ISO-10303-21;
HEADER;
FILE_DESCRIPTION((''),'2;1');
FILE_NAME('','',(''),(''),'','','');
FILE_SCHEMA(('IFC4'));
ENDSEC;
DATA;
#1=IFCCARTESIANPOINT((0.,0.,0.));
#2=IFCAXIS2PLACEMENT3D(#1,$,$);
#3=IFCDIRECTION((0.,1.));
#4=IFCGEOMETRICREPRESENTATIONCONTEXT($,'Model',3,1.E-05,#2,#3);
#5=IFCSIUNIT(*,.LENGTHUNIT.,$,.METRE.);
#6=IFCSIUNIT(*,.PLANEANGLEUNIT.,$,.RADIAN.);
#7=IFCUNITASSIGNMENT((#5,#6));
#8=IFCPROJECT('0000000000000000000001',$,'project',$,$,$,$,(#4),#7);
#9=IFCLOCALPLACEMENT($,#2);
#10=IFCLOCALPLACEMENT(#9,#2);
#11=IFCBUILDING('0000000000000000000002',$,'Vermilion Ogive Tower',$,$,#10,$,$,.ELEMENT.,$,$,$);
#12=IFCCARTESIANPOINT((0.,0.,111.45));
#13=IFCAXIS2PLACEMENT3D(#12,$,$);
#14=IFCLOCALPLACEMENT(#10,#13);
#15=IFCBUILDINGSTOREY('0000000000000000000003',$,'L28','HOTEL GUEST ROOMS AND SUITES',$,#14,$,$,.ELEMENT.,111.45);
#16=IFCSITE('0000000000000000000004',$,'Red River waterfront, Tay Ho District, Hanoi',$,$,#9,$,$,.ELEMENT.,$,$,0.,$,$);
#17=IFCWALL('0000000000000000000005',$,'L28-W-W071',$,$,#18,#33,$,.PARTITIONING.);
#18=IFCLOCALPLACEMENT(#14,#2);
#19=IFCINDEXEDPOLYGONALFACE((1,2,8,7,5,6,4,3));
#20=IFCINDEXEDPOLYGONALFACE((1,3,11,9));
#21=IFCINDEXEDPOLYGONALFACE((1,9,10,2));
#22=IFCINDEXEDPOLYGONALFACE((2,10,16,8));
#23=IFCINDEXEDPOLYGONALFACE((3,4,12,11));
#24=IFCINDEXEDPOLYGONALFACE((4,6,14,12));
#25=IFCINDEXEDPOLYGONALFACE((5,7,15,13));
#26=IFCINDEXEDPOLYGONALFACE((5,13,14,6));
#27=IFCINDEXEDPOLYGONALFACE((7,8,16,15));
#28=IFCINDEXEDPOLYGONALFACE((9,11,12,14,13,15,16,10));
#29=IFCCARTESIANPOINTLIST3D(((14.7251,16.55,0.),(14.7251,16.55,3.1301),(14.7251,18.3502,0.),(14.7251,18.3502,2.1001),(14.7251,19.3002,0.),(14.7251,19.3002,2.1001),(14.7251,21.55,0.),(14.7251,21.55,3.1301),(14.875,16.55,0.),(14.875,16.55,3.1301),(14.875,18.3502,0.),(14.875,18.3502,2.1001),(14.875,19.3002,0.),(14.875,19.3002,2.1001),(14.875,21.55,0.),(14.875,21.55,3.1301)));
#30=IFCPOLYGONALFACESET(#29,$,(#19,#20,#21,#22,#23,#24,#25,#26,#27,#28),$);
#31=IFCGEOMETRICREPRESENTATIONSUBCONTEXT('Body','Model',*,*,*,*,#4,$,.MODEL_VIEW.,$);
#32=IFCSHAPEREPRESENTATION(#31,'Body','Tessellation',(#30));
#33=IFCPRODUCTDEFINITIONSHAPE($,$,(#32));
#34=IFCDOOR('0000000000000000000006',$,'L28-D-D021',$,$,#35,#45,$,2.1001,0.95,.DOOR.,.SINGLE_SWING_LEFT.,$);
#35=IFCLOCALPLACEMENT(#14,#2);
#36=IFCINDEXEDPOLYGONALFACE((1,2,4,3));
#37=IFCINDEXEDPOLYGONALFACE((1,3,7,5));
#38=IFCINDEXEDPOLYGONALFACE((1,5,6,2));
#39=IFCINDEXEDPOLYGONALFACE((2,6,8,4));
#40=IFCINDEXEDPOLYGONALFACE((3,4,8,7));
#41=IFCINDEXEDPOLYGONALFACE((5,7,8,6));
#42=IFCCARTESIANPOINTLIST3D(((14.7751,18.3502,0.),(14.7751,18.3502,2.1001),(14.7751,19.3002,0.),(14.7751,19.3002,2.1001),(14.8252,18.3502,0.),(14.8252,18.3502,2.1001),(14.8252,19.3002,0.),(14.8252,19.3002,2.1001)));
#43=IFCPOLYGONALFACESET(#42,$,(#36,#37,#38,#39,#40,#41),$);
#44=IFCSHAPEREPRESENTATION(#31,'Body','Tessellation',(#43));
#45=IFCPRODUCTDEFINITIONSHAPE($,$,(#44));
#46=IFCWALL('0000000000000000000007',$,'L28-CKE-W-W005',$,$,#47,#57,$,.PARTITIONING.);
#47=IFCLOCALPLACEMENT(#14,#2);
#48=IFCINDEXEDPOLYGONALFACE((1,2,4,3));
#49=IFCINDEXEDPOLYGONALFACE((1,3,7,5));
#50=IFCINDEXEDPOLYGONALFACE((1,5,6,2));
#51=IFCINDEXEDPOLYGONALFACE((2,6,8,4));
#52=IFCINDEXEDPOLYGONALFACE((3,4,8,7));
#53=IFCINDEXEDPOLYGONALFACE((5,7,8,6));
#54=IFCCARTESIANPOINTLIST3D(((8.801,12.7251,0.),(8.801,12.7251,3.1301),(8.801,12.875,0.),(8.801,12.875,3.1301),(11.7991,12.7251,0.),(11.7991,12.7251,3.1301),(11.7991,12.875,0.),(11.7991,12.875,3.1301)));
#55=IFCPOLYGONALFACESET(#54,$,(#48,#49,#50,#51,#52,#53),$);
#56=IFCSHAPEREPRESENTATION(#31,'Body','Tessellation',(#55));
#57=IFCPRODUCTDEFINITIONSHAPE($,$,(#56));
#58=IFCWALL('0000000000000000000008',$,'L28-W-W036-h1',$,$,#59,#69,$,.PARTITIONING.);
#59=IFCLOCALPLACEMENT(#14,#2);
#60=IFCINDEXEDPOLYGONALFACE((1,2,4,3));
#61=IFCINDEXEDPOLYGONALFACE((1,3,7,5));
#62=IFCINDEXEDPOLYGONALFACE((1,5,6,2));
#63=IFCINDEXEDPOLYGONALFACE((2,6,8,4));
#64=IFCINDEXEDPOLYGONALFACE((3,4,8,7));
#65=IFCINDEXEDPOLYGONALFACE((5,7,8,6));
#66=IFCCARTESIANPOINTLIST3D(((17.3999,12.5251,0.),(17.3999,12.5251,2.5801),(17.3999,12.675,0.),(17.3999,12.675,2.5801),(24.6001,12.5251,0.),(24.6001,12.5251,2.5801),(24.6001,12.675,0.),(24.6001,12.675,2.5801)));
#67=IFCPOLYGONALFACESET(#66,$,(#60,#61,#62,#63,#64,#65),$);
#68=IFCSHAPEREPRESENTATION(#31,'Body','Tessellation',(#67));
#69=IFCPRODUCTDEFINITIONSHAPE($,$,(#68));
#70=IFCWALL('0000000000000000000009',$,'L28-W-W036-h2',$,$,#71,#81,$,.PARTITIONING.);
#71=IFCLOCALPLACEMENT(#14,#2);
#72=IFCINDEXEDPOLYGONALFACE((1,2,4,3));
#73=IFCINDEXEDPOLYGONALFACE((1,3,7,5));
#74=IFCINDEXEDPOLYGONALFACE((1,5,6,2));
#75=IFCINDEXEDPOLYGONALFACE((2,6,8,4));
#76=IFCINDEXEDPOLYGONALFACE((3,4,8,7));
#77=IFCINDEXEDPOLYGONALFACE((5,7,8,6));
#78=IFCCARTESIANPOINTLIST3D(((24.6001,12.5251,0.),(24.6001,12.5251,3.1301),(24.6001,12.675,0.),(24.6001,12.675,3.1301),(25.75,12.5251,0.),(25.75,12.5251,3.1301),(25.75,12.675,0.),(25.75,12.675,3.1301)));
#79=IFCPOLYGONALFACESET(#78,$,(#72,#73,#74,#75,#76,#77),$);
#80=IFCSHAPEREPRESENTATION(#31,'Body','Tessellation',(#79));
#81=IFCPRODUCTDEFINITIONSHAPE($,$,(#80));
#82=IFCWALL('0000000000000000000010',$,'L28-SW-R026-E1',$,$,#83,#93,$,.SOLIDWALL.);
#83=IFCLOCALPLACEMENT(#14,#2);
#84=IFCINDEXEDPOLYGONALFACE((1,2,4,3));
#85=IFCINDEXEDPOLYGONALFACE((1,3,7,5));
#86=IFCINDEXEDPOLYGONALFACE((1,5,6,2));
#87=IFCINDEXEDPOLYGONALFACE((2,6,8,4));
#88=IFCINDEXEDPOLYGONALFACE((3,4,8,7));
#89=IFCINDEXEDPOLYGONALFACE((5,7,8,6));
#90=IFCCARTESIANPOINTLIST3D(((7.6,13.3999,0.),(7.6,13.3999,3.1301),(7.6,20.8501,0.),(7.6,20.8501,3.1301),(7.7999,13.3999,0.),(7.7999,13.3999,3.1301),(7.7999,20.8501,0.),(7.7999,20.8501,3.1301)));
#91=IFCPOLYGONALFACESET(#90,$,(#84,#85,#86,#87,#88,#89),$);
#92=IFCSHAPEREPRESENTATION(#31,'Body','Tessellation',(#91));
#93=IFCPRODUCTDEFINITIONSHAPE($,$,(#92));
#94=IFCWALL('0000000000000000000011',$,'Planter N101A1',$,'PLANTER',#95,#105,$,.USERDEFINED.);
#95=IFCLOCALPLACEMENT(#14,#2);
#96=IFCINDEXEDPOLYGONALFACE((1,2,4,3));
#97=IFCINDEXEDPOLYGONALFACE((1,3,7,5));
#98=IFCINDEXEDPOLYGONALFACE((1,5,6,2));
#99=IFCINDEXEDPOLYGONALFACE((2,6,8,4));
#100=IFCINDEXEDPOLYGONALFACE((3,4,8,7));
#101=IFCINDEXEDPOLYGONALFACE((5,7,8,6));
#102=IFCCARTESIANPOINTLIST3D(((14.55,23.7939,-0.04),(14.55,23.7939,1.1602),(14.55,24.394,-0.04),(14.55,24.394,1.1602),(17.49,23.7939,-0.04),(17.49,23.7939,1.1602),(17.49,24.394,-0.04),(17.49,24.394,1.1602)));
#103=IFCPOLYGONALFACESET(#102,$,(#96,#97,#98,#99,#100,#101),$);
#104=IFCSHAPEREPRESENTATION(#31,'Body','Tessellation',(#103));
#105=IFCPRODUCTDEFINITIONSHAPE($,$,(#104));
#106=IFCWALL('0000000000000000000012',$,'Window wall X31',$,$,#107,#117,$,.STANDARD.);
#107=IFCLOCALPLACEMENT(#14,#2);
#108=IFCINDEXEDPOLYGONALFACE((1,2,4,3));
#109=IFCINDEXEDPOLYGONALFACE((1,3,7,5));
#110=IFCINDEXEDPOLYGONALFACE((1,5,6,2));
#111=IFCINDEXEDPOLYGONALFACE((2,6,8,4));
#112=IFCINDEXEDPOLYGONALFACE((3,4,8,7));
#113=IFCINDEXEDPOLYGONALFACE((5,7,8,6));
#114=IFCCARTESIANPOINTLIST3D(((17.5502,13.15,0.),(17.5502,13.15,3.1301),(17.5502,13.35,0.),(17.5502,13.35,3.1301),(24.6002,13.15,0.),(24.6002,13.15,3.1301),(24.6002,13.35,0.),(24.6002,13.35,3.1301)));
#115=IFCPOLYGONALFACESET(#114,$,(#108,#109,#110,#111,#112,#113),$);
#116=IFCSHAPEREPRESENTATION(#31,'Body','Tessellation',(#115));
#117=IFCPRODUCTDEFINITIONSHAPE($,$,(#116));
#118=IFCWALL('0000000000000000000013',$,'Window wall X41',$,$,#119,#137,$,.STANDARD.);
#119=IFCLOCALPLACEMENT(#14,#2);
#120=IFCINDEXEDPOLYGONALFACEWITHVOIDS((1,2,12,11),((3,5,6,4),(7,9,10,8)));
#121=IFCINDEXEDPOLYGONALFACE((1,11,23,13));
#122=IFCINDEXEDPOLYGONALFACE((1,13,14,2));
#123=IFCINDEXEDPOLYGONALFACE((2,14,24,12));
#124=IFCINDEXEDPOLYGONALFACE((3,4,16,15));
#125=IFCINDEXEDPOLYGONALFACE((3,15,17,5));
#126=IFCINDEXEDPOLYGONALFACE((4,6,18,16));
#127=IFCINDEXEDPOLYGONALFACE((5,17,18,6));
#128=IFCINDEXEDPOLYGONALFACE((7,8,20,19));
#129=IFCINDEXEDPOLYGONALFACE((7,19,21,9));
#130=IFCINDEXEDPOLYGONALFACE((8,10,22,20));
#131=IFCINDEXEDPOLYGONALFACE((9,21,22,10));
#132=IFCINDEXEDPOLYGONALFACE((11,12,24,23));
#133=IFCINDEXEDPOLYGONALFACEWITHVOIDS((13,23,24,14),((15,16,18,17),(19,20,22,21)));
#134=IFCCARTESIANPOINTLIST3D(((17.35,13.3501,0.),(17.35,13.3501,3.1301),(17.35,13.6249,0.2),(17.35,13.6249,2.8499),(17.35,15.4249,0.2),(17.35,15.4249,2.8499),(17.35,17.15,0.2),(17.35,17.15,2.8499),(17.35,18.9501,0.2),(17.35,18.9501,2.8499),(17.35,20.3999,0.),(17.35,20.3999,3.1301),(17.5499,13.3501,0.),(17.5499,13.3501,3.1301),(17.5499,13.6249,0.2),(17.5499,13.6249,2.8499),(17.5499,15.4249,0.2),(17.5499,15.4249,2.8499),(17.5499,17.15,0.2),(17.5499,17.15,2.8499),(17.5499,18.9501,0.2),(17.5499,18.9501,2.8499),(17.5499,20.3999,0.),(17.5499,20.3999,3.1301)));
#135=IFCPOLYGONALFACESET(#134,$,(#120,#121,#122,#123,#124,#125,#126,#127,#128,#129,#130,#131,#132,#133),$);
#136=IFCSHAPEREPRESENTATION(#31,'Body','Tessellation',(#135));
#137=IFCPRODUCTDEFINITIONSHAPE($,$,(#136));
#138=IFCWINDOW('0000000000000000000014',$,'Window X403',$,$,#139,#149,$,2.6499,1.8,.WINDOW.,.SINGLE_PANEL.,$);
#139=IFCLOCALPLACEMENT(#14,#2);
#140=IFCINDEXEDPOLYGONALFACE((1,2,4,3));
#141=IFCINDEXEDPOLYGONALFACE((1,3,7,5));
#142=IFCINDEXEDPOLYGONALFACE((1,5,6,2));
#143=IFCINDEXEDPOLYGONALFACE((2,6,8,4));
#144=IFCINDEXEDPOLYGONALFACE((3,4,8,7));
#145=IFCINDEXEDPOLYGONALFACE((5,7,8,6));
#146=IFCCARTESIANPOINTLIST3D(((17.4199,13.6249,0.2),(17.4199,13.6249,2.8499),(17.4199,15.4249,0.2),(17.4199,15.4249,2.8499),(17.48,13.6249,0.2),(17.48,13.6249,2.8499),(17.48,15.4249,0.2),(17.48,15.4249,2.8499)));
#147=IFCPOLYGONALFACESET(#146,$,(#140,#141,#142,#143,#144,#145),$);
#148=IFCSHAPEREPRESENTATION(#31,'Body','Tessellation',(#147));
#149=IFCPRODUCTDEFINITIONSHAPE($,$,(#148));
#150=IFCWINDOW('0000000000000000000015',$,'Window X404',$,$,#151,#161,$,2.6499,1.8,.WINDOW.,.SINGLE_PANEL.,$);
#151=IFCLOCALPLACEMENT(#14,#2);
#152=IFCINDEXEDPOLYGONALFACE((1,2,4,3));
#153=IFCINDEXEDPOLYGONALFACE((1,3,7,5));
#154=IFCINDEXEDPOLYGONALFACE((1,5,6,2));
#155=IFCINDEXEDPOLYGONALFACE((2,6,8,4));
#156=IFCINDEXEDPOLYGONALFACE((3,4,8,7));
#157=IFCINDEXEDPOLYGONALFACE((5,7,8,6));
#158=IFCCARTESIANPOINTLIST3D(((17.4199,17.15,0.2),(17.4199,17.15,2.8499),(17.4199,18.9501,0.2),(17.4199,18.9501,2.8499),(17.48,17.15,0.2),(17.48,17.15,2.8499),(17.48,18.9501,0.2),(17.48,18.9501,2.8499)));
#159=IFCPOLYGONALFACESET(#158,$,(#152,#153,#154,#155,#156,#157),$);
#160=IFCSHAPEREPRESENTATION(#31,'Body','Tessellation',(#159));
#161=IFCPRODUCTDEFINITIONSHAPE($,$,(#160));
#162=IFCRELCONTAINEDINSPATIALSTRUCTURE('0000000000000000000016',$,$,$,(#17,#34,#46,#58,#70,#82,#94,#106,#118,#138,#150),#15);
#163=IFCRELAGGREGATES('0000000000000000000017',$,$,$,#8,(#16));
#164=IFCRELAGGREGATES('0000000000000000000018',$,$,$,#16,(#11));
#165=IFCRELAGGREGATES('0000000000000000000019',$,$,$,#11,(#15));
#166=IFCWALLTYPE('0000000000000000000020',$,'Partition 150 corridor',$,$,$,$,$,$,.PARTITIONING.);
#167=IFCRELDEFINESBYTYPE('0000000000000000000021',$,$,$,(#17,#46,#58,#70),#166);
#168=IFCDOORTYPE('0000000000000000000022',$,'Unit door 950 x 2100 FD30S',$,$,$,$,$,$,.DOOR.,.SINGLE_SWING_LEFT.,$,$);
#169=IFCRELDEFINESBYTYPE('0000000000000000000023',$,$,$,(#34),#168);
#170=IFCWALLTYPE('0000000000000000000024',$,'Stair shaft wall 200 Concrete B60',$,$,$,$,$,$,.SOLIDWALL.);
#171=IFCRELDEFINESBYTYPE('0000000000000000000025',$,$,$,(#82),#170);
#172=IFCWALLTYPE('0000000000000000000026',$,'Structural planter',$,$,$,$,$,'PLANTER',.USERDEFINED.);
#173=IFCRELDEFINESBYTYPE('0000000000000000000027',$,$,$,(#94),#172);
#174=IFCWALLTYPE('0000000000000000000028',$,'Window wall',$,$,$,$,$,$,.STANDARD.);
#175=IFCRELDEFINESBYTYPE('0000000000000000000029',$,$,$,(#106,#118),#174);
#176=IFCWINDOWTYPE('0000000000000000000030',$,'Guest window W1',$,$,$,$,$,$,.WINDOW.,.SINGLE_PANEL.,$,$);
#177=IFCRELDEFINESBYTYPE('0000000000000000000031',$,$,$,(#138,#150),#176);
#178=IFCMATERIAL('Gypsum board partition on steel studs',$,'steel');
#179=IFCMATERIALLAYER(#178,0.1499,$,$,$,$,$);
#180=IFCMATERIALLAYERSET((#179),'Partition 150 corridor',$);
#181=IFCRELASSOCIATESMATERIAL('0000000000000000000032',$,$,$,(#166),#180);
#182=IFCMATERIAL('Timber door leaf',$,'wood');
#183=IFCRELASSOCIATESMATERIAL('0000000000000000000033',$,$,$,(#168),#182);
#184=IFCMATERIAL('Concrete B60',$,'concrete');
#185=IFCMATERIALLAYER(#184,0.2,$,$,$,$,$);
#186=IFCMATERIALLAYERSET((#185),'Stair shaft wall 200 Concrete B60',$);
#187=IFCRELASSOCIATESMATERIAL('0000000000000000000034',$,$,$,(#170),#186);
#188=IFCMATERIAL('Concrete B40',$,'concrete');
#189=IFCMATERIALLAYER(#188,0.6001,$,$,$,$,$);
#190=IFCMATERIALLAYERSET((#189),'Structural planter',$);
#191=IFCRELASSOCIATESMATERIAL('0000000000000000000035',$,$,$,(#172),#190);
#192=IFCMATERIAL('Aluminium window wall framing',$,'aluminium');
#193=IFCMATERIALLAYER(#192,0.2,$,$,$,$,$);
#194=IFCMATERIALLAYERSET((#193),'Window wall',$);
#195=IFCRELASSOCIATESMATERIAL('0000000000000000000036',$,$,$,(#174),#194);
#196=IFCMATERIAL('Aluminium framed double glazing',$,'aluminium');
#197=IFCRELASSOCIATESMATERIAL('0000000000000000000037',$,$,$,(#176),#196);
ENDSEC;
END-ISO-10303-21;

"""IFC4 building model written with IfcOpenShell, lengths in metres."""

from ifc_helpers import new_model, si_unit, direction, frame, frame_2d, origin, place, context, subcontext, project, spatial, rectangle, extrude, material, layer, layer_set, type_object, element, fill, save


model = new_model("IFC4")

# Units and contexts
model_context = context("Model", 3, precision=1e-05, world=origin(), true_north=direction((0.0, 1.0)))
body_context = subcontext(model_context, "Body", "Model", "MODEL_VIEW")
ifc_project = project(units=[si_unit("LENGTHUNIT", "METRE"), si_unit("PLANEANGLEUNIT", "RADIAN")], contexts=[model_context])

# Site, building, storey
site_placement = place(None, origin())
site = spatial("IfcSite", under=ifc_project, at=site_placement, Name="Red River waterfront, Tay Ho District, Hanoi", CompositionType="ELEMENT", RefElevation=0.0)
building_placement = place(site_placement, origin())
building = spatial("IfcBuilding", under=site, at=building_placement, Name="Vermilion Ogive Tower", CompositionType="ELEMENT")
storey_placement = place(building_placement, frame((0.0, 0.0, 111.45)))
storey = spatial("IfcBuildingStorey", under=building, at=storey_placement, Name="L28", Description="HOTEL GUEST ROOMS AND SUITES", CompositionType="ELEMENT", Elevation=111.45)

# Shared definitions
ifc_material_1 = material(Name="Gypsum board partition on steel studs", Category="steel")
ifc_layer_1 = layer(ifc_material_1, 0.1499)
ifc_layer_set_1 = layer_set([ifc_layer_1], Name="Partition 150 corridor")
wall_type_1 = type_object("IfcWallType", Name="Partition 150 corridor", PredefinedType="PARTITIONING", material=ifc_layer_set_1)

# Wall, opening, door
wall_1_placement = place(storey_placement, frame((14.8, 16.55, 0.0), z_axis=(0.0, 0.0, 1.0), x_axis=(0.0, 1.0, 0.0)))
wall_1 = element("IfcWall", 1, at=wall_1_placement, inside=storey, type_object=wall_type_1, Name="L28-W-W071", PredefinedType="PARTITIONING", context=body_context, shape_type="SweptSolid", body=[
    extrude(rectangle(XDim=5.0, YDim=0.1499, at=frame_2d((2.5, 0.0))), origin(), (0.0, 0.0, 1.0), 3.1301),
])
opening_1_placement = place(wall_1_placement, frame((1.8, 0.0, 0.0)))
opening_1 = element("IfcOpeningElement", 2, at=opening_1_placement, cuts=wall_1, PredefinedType="OPENING", context=body_context, shape_type="SweptSolid", body=[
    extrude(rectangle(XDim=0.95, YDim=2.1001, at=frame_2d((0.4751, 1.05))), frame((0.0, 0.085, 0.0), z_axis=(0.0, -1.0, 0.0), x_axis=(1.0, 0.0, 0.0)), (0.0, 0.0, 1.0), 0.1699),
])
ifc_material_2 = material(Name="Timber door leaf", Category="wood")
door_type_1 = type_object("IfcDoorType", Name="Unit door 950 x 2100 FD30S", OperationType="SINGLE_SWING_LEFT", PredefinedType="DOOR", material=ifc_material_2)
door_1_placement = place(opening_1_placement, origin())
door_1 = element("IfcDoor", 3, at=door_1_placement, inside=storey, type_object=door_type_1, Name="L28-D-D021", OperationType="SINGLE_SWING_LEFT", OverallHeight=2.1001, OverallWidth=0.95, PredefinedType="DOOR", context=body_context, shape_type="SweptSolid", body=[
    extrude(rectangle(XDim=0.95, YDim=2.1001, at=frame_2d((0.4751, 1.05))), frame((0.0, 0.0249, 0.0), z_axis=(0.0, -1.0, 0.0), x_axis=(1.0, 0.0, 0.0)), (0.0, 0.0, 1.0), 0.05),
])
fill(opening_1, door_1)

# Walls
wall_2_placement = place(storey_placement, frame((8.801, 12.8, 0.0), z_axis=(0.0, 0.0, 1.0), x_axis=(1.0, 0.0, 0.0)))
element("IfcWall", 4, at=wall_2_placement, inside=storey, type_object=wall_type_1, Name="L28-CKE-W-W005", PredefinedType="PARTITIONING", context=body_context, shape_type="SweptSolid", body=[
    extrude(rectangle(XDim=2.998, YDim=0.1499, at=frame_2d((1.499, 0.0))), origin(), (0.0, 0.0, 1.0), 3.1301),
])
wall_3_placement = place(storey_placement, frame((17.3999, 12.6001, 0.0), z_axis=(0.0, 0.0, 1.0), x_axis=(1.0, 0.0, 0.0)))
element("IfcWall", 5, at=wall_3_placement, inside=storey, type_object=wall_type_1, Name="L28-W-W036-h1", PredefinedType="PARTITIONING", context=body_context, shape_type="SweptSolid", body=[
    extrude(rectangle(XDim=7.2002, YDim=0.1499, at=frame_2d((3.6001, 0.0))), origin(), (0.0, 0.0, 1.0), 2.5801),
])
wall_4_placement = place(storey_placement, frame((24.6001, 12.6001, 0.0), z_axis=(0.0, 0.0, 1.0), x_axis=(1.0, 0.0, 0.0)))
element("IfcWall", 6, at=wall_4_placement, inside=storey, type_object=wall_type_1, Name="L28-W-W036-h2", PredefinedType="PARTITIONING", context=body_context, shape_type="SweptSolid", body=[
    extrude(rectangle(XDim=1.1499, YDim=0.1499, at=frame_2d((0.575, 0.0))), origin(), (0.0, 0.0, 1.0), 3.1301),
])
ifc_material_3 = material(Name="Concrete B60", Category="concrete")
ifc_layer_2 = layer(ifc_material_3, 0.2)
ifc_layer_set_2 = layer_set([ifc_layer_2], Name="Stair shaft wall 200 Concrete B60")
wall_type_2 = type_object("IfcWallType", Name="Stair shaft wall 200 Concrete B60", PredefinedType="SOLIDWALL", material=ifc_layer_set_2)
wall_5_placement = place(storey_placement, frame((7.7, 13.3999, 0.0), z_axis=(0.0, 0.0, 1.0), x_axis=(0.0, 1.0, 0.0)))
element("IfcWall", 7, at=wall_5_placement, inside=storey, type_object=wall_type_2, Name="L28-SW-R026-E1", PredefinedType="SOLIDWALL", context=body_context, shape_type="SweptSolid", body=[
    extrude(rectangle(XDim=7.4502, YDim=0.2, at=frame_2d((3.7251, 0.0))), origin(), (0.0, 0.0, 1.0), 3.1301),
])
ifc_material_4 = material(Name="Concrete B40", Category="concrete")
ifc_layer_3 = layer(ifc_material_4, 0.6001)
ifc_layer_set_3 = layer_set([ifc_layer_3], Name="Structural planter")
wall_type_3 = type_object("IfcWallType", Name="Structural planter", ElementType="PLANTER", PredefinedType="USERDEFINED", material=ifc_layer_set_3)
wall_6_placement = place(storey_placement, frame((17.49, 24.094, -0.04), z_axis=(0.0, 0.0, 1.0), x_axis=(-1.0, 0.0, 0.0)))
element("IfcWall", 8, at=wall_6_placement, inside=storey, type_object=wall_type_3, Name="Planter N101A1", ObjectType="PLANTER", PredefinedType="USERDEFINED", context=body_context, shape_type="SweptSolid", body=[
    extrude(rectangle(XDim=2.9399, YDim=0.6001, at=frame_2d((1.47, 0.0))), origin(), (0.0, 0.0, 1.0), 1.2002),
])
ifc_material_5 = material(Name="Aluminium window wall framing", Category="aluminium")
ifc_layer_4 = layer(ifc_material_5, 0.2)
ifc_layer_set_4 = layer_set([ifc_layer_4], Name="Window wall")
wall_type_4 = type_object("IfcWallType", Name="Window wall", PredefinedType="STANDARD", material=ifc_layer_set_4)
wall_7_placement = place(storey_placement, frame((24.6001, 13.25, 0.0), z_axis=(0.0, 0.0, 1.0), x_axis=(-1.0, 0.0, 0.0)))
element("IfcWall", 9, at=wall_7_placement, inside=storey, type_object=wall_type_4, Name="Window wall X31", PredefinedType="STANDARD", context=body_context, shape_type="SweptSolid", body=[
    extrude(rectangle(XDim=7.05, YDim=0.2, at=frame_2d((3.5249, 0.0))), origin(), (0.0, 0.0, 1.0), 3.1301),
])

# Wall, openings, windows
wall_8_placement = place(storey_placement, frame((17.45, 13.3501, 0.0), z_axis=(0.0, 0.0, 1.0), x_axis=(0.0, 1.0, 0.0)))
wall_8 = element("IfcWall", 10, at=wall_8_placement, inside=storey, type_object=wall_type_4, Name="Window wall X41", PredefinedType="STANDARD", context=body_context, shape_type="SweptSolid", body=[
    extrude(rectangle(XDim=7.0498, YDim=0.2, at=frame_2d((3.5249, 0.0))), origin(), (0.0, 0.0, 1.0), 3.1301),
])
opening_2_placement = place(wall_8_placement, frame((0.2749, 0.0, 0.2)))
opening_2 = element("IfcOpeningElement", 11, at=opening_2_placement, cuts=wall_8, PredefinedType="OPENING", context=body_context, shape_type="SweptSolid", body=[
    extrude(rectangle(XDim=1.8, YDim=2.6499, at=frame_2d((0.8999, 1.325))), frame((0.0, 0.1099, 0.0), z_axis=(0.0, -1.0, 0.0), x_axis=(1.0, 0.0, 0.0)), (0.0, 0.0, 1.0), 0.22),
])
opening_3_placement = place(wall_8_placement, frame((3.8, 0.0, 0.2)))
opening_3 = element("IfcOpeningElement", 12, at=opening_3_placement, cuts=wall_8, PredefinedType="OPENING", context=body_context, shape_type="SweptSolid", body=[
    extrude(rectangle(XDim=1.8, YDim=2.6499, at=frame_2d((0.8999, 1.325))), frame((0.0, 0.1099, 0.0), z_axis=(0.0, -1.0, 0.0), x_axis=(1.0, 0.0, 0.0)), (0.0, 0.0, 1.0), 0.22),
])
ifc_material_6 = material(Name="Aluminium framed double glazing", Category="aluminium")
window_type = type_object("IfcWindowType", Name="Guest window W1", PartitioningType="SINGLE_PANEL", PredefinedType="WINDOW", material=ifc_material_6)
window_1_placement = place(opening_2_placement, origin())
window_1 = element("IfcWindow", 13, at=window_1_placement, inside=storey, type_object=window_type, Name="Window X403", OverallHeight=2.6499, OverallWidth=1.8, PartitioningType="SINGLE_PANEL", PredefinedType="WINDOW", context=body_context, shape_type="SweptSolid", body=[
    extrude(rectangle(XDim=1.8, YDim=2.6499, at=frame_2d((0.8999, 1.325))), frame((0.0, 0.03, 0.0), z_axis=(0.0, -1.0, 0.0), x_axis=(1.0, 0.0, 0.0)), (0.0, 0.0, 1.0), 0.0601),
])
fill(opening_2, window_1)
window_2_placement = place(opening_3_placement, origin())
window_2 = element("IfcWindow", 14, at=window_2_placement, inside=storey, type_object=window_type, Name="Window X404", OverallHeight=2.6499, OverallWidth=1.8, PartitioningType="SINGLE_PANEL", PredefinedType="WINDOW", context=body_context, shape_type="SweptSolid", body=[
    extrude(rectangle(XDim=1.8, YDim=2.6499, at=frame_2d((0.8999, 1.325))), frame((0.0, 0.03, 0.0), z_axis=(0.0, -1.0, 0.0), x_axis=(1.0, 0.0, 0.0)), (0.0, 0.0, 1.0), 0.0601),
])
fill(opening_3, window_2)

save(model, "model.ifc")
